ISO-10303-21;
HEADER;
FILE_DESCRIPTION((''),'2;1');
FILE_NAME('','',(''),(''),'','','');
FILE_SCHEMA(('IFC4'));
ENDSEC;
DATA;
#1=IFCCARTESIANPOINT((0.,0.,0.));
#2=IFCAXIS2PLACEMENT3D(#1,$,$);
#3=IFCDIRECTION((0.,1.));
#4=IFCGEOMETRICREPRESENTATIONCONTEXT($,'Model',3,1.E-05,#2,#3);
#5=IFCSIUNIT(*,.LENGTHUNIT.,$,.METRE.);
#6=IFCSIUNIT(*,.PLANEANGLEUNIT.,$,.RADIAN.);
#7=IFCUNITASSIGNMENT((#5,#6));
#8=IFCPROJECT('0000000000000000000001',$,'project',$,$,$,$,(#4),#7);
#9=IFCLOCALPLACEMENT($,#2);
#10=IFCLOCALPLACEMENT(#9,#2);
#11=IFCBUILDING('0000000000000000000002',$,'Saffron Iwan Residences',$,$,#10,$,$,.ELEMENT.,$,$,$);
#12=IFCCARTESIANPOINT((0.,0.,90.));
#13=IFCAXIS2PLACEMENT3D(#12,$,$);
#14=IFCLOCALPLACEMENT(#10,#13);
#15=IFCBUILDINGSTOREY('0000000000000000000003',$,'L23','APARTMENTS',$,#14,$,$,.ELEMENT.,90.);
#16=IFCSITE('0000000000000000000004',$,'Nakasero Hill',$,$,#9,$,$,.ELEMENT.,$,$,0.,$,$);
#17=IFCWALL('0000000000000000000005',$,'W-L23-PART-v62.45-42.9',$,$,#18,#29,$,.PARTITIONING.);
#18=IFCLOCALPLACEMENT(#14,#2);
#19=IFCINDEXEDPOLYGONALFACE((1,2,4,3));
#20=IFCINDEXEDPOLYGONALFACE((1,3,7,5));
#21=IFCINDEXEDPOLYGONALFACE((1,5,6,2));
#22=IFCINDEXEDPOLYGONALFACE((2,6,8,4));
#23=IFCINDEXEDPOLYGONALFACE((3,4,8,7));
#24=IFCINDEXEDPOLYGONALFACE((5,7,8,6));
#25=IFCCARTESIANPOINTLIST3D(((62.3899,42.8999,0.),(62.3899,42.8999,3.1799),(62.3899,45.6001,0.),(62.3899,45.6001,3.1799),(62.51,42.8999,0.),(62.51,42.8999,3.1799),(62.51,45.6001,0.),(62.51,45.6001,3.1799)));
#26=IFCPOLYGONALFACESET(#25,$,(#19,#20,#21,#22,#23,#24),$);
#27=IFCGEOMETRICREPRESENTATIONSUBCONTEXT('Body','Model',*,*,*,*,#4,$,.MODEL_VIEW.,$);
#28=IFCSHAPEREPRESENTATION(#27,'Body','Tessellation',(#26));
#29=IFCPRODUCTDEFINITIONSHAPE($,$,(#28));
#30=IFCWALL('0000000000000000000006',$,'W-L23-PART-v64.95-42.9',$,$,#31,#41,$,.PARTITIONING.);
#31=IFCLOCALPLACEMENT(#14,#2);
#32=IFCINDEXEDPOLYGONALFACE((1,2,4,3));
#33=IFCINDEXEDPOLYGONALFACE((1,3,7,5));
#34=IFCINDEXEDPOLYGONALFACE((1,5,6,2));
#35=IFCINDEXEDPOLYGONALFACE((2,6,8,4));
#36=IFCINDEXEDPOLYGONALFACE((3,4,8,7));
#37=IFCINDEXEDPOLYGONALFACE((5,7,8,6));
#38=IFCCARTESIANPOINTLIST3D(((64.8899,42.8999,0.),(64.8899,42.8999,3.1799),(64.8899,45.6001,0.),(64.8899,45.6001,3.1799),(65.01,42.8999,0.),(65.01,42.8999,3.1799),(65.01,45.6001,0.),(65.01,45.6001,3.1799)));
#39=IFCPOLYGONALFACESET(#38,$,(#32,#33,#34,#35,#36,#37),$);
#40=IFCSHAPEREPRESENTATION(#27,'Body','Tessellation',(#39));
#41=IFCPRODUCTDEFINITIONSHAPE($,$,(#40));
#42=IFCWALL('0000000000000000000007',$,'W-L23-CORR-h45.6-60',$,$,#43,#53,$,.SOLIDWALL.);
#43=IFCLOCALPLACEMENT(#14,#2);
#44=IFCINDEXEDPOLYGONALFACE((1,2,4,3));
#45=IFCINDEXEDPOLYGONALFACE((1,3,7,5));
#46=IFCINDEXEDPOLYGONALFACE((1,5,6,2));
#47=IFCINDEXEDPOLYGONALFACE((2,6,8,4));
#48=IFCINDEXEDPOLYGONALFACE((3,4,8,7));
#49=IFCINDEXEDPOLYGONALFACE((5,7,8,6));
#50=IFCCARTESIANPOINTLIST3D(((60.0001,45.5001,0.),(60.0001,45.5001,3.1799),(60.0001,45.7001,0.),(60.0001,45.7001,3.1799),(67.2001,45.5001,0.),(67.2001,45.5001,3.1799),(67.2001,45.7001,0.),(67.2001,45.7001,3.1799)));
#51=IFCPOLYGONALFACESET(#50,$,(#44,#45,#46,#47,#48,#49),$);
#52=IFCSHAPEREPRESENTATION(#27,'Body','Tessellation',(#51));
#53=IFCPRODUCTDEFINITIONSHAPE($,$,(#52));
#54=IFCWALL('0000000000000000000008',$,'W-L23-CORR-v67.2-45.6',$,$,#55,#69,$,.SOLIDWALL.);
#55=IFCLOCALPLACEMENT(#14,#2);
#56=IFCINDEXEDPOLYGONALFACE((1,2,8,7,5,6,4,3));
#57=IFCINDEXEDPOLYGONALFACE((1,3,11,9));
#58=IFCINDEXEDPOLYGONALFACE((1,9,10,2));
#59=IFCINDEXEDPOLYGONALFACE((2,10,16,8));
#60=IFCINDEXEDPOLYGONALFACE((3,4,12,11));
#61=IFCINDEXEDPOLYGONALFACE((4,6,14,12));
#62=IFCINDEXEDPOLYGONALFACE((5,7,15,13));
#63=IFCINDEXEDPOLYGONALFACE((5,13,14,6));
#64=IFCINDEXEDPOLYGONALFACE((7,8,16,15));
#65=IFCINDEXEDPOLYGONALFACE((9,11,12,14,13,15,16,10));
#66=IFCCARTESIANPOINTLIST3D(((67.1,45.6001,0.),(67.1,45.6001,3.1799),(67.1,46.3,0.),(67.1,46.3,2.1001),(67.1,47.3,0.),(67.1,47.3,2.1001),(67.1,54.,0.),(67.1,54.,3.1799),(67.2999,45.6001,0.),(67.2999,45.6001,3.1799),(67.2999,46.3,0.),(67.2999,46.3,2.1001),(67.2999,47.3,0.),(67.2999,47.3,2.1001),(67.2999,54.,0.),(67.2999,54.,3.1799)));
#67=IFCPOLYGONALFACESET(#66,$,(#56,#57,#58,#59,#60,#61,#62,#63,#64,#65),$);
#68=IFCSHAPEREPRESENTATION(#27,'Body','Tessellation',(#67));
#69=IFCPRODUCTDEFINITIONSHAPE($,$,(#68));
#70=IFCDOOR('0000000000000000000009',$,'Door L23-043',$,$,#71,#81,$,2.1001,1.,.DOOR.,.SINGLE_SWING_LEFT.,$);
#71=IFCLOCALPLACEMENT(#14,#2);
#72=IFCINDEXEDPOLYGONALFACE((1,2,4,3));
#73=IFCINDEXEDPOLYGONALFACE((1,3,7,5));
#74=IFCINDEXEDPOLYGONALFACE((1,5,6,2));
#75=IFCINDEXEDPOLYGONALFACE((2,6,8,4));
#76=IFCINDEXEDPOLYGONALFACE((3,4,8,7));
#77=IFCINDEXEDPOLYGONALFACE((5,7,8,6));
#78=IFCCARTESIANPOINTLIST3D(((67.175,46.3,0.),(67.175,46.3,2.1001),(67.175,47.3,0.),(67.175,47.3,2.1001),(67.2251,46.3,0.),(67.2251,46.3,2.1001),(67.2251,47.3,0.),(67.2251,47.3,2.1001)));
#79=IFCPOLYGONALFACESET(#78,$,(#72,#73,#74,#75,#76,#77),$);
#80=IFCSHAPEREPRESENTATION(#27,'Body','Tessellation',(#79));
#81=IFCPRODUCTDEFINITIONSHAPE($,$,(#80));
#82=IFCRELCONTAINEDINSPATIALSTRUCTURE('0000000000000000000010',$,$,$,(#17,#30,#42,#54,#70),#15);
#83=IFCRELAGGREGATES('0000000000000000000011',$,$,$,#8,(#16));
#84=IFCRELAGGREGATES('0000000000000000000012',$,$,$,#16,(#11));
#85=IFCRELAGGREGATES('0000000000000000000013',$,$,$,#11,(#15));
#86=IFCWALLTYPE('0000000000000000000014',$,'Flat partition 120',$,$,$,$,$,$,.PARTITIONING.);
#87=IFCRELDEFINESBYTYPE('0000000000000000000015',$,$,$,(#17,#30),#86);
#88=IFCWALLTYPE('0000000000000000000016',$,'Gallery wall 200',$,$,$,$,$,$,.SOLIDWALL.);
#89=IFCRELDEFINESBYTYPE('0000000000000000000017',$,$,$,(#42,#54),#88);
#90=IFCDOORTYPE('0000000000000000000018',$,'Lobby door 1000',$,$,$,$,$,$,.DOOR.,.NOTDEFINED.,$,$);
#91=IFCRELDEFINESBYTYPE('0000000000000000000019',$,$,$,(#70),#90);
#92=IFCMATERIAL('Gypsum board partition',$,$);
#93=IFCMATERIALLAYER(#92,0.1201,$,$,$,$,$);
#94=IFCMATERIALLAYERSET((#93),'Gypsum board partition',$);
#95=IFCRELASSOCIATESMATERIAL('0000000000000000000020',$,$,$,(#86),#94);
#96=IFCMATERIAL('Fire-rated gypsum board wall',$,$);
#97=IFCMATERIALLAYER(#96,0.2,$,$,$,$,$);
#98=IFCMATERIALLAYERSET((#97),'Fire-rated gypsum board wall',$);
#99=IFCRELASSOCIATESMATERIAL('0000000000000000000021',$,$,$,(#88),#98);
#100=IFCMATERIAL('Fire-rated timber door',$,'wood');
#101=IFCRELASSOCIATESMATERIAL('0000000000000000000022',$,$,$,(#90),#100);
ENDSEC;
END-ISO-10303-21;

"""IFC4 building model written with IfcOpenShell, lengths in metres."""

from ifc_helpers import new_model, si_unit, direction, frame, frame_2d, origin, place, context, subcontext, project, spatial, rectangle, extrude, material, layer, layer_set, type_object, element, fill, save


model = new_model("IFC4")

# Units and contexts
model_context = context("Model", 3, precision=1e-05, world=origin(), true_north=direction((0.0, 1.0)))
body_context = subcontext(model_context, "Body", "Model", "MODEL_VIEW")
ifc_project = project(units=[si_unit("LENGTHUNIT", "METRE"), si_unit("PLANEANGLEUNIT", "RADIAN")], contexts=[model_context])

# Site, building, storey
site_placement = place(None, origin())
site = spatial("IfcSite", under=ifc_project, at=site_placement, Name="Nakasero Hill", CompositionType="ELEMENT", RefElevation=0.0)
building_placement = place(site_placement, origin())
building = spatial("IfcBuilding", under=site, at=building_placement, Name="Saffron Iwan Residences", CompositionType="ELEMENT")
storey_placement = place(building_placement, frame((0.0, 0.0, 90.0)))
storey = spatial("IfcBuildingStorey", under=building, at=storey_placement, Name="L23", Description="APARTMENTS", CompositionType="ELEMENT", Elevation=90.0)

# Shared definitions
ifc_material_1 = material(Name="Gypsum board partition")
ifc_layer_1 = layer(ifc_material_1, 0.1201)
ifc_layer_set_1 = layer_set([ifc_layer_1], Name="Gypsum board partition")
wall_type_1 = type_object("IfcWallType", Name="Flat partition 120", PredefinedType="PARTITIONING", material=ifc_layer_set_1)

# Walls
for number, where, z_axis, x_axis, name in (
    (1, (62.45, 42.8999, 0.0), (0.0, 0.0, 1.0), (0.0, 1.0, 0.0), "W-L23-PART-v62.45-42.9"),
    (2, (64.95, 42.8999, 0.0), (0.0, 0.0, 1.0), (0.0, 1.0, 0.0), "W-L23-PART-v64.95-42.9"),
):
    element("IfcWall", number, at=place(storey_placement, frame(where, z_axis=z_axis, x_axis=x_axis)), inside=storey, type_object=wall_type_1, Name=name, PredefinedType="PARTITIONING", context=body_context, shape_type="SweptSolid", body=[
        extrude(rectangle(XDim=2.7002, YDim=0.1201, at=frame_2d((1.3501, 0.0))), origin(), (0.0, 0.0, 1.0), 3.1799),
    ])
ifc_material_2 = material(Name="Fire-rated gypsum board wall")
ifc_layer_2 = layer(ifc_material_2, 0.2)
ifc_layer_set_2 = layer_set([ifc_layer_2], Name="Fire-rated gypsum board wall")
wall_type_2 = type_object("IfcWallType", Name="Gallery wall 200", PredefinedType="SOLIDWALL", material=ifc_layer_set_2)
wall_1_placement = place(storey_placement, frame((60.0, 45.6001, 0.0), z_axis=(0.0, 0.0, 1.0), x_axis=(1.0, 0.0, 0.0)))
element("IfcWall", 3, at=wall_1_placement, inside=storey, type_object=wall_type_2, Name="W-L23-CORR-h45.6-60", PredefinedType="SOLIDWALL", context=body_context, shape_type="SweptSolid", body=[
    extrude(rectangle(XDim=7.2, YDim=0.2, at=frame_2d((3.6001, 0.0))), origin(), (0.0, 0.0, 1.0), 3.1799),
])

# Wall, opening, door
wall_2_placement = place(storey_placement, frame((67.2, 45.6001, 0.0), z_axis=(0.0, 0.0, 1.0), x_axis=(0.0, 1.0, 0.0)))
wall_2 = element("IfcWall", 4, at=wall_2_placement, inside=storey, type_object=wall_type_2, Name="W-L23-CORR-v67.2-45.6", PredefinedType="SOLIDWALL", context=body_context, shape_type="SweptSolid", body=[
    extrude(rectangle(XDim=8.3999, YDim=0.2, at=frame_2d((4.2, 0.0))), origin(), (0.0, 0.0, 1.0), 3.1799),
])
opening_1_placement = place(wall_2_placement, frame((0.7, 0.0, 0.0)))
opening_1 = element("IfcOpeningElement", 5, at=opening_1_placement, cuts=wall_2, PredefinedType="OPENING", context=body_context, shape_type="SweptSolid", body=[
    extrude(rectangle(XDim=1.0, YDim=2.1001, at=frame_2d((0.5, 1.05))), frame((0.0, 0.1099, 0.0), z_axis=(0.0, -1.0, 0.0), x_axis=(1.0, 0.0, 0.0)), (0.0, 0.0, 1.0), 0.22),
])
ifc_material_3 = material(Name="Fire-rated timber door", Category="wood")
door_type_1 = type_object("IfcDoorType", Name="Lobby door 1000", OperationType="NOTDEFINED", PredefinedType="DOOR", material=ifc_material_3)
door_1_placement = place(opening_1_placement, origin())
door_1 = element("IfcDoor", 6, at=door_1_placement, inside=storey, type_object=door_type_1, Name="Door L23-043", OperationType="SINGLE_SWING_LEFT", OverallHeight=2.1001, OverallWidth=1.0, PredefinedType="DOOR", context=body_context, shape_type="SweptSolid", body=[
    extrude(rectangle(XDim=1.0, YDim=2.1001, at=frame_2d((0.5, 1.05))), frame((0.0, 0.0249, 0.0), z_axis=(0.0, -1.0, 0.0), x_axis=(1.0, 0.0, 0.0)), (0.0, 0.0, 1.0), 0.05),
])
fill(opening_1, door_1)

save(model, "model.ifc")
